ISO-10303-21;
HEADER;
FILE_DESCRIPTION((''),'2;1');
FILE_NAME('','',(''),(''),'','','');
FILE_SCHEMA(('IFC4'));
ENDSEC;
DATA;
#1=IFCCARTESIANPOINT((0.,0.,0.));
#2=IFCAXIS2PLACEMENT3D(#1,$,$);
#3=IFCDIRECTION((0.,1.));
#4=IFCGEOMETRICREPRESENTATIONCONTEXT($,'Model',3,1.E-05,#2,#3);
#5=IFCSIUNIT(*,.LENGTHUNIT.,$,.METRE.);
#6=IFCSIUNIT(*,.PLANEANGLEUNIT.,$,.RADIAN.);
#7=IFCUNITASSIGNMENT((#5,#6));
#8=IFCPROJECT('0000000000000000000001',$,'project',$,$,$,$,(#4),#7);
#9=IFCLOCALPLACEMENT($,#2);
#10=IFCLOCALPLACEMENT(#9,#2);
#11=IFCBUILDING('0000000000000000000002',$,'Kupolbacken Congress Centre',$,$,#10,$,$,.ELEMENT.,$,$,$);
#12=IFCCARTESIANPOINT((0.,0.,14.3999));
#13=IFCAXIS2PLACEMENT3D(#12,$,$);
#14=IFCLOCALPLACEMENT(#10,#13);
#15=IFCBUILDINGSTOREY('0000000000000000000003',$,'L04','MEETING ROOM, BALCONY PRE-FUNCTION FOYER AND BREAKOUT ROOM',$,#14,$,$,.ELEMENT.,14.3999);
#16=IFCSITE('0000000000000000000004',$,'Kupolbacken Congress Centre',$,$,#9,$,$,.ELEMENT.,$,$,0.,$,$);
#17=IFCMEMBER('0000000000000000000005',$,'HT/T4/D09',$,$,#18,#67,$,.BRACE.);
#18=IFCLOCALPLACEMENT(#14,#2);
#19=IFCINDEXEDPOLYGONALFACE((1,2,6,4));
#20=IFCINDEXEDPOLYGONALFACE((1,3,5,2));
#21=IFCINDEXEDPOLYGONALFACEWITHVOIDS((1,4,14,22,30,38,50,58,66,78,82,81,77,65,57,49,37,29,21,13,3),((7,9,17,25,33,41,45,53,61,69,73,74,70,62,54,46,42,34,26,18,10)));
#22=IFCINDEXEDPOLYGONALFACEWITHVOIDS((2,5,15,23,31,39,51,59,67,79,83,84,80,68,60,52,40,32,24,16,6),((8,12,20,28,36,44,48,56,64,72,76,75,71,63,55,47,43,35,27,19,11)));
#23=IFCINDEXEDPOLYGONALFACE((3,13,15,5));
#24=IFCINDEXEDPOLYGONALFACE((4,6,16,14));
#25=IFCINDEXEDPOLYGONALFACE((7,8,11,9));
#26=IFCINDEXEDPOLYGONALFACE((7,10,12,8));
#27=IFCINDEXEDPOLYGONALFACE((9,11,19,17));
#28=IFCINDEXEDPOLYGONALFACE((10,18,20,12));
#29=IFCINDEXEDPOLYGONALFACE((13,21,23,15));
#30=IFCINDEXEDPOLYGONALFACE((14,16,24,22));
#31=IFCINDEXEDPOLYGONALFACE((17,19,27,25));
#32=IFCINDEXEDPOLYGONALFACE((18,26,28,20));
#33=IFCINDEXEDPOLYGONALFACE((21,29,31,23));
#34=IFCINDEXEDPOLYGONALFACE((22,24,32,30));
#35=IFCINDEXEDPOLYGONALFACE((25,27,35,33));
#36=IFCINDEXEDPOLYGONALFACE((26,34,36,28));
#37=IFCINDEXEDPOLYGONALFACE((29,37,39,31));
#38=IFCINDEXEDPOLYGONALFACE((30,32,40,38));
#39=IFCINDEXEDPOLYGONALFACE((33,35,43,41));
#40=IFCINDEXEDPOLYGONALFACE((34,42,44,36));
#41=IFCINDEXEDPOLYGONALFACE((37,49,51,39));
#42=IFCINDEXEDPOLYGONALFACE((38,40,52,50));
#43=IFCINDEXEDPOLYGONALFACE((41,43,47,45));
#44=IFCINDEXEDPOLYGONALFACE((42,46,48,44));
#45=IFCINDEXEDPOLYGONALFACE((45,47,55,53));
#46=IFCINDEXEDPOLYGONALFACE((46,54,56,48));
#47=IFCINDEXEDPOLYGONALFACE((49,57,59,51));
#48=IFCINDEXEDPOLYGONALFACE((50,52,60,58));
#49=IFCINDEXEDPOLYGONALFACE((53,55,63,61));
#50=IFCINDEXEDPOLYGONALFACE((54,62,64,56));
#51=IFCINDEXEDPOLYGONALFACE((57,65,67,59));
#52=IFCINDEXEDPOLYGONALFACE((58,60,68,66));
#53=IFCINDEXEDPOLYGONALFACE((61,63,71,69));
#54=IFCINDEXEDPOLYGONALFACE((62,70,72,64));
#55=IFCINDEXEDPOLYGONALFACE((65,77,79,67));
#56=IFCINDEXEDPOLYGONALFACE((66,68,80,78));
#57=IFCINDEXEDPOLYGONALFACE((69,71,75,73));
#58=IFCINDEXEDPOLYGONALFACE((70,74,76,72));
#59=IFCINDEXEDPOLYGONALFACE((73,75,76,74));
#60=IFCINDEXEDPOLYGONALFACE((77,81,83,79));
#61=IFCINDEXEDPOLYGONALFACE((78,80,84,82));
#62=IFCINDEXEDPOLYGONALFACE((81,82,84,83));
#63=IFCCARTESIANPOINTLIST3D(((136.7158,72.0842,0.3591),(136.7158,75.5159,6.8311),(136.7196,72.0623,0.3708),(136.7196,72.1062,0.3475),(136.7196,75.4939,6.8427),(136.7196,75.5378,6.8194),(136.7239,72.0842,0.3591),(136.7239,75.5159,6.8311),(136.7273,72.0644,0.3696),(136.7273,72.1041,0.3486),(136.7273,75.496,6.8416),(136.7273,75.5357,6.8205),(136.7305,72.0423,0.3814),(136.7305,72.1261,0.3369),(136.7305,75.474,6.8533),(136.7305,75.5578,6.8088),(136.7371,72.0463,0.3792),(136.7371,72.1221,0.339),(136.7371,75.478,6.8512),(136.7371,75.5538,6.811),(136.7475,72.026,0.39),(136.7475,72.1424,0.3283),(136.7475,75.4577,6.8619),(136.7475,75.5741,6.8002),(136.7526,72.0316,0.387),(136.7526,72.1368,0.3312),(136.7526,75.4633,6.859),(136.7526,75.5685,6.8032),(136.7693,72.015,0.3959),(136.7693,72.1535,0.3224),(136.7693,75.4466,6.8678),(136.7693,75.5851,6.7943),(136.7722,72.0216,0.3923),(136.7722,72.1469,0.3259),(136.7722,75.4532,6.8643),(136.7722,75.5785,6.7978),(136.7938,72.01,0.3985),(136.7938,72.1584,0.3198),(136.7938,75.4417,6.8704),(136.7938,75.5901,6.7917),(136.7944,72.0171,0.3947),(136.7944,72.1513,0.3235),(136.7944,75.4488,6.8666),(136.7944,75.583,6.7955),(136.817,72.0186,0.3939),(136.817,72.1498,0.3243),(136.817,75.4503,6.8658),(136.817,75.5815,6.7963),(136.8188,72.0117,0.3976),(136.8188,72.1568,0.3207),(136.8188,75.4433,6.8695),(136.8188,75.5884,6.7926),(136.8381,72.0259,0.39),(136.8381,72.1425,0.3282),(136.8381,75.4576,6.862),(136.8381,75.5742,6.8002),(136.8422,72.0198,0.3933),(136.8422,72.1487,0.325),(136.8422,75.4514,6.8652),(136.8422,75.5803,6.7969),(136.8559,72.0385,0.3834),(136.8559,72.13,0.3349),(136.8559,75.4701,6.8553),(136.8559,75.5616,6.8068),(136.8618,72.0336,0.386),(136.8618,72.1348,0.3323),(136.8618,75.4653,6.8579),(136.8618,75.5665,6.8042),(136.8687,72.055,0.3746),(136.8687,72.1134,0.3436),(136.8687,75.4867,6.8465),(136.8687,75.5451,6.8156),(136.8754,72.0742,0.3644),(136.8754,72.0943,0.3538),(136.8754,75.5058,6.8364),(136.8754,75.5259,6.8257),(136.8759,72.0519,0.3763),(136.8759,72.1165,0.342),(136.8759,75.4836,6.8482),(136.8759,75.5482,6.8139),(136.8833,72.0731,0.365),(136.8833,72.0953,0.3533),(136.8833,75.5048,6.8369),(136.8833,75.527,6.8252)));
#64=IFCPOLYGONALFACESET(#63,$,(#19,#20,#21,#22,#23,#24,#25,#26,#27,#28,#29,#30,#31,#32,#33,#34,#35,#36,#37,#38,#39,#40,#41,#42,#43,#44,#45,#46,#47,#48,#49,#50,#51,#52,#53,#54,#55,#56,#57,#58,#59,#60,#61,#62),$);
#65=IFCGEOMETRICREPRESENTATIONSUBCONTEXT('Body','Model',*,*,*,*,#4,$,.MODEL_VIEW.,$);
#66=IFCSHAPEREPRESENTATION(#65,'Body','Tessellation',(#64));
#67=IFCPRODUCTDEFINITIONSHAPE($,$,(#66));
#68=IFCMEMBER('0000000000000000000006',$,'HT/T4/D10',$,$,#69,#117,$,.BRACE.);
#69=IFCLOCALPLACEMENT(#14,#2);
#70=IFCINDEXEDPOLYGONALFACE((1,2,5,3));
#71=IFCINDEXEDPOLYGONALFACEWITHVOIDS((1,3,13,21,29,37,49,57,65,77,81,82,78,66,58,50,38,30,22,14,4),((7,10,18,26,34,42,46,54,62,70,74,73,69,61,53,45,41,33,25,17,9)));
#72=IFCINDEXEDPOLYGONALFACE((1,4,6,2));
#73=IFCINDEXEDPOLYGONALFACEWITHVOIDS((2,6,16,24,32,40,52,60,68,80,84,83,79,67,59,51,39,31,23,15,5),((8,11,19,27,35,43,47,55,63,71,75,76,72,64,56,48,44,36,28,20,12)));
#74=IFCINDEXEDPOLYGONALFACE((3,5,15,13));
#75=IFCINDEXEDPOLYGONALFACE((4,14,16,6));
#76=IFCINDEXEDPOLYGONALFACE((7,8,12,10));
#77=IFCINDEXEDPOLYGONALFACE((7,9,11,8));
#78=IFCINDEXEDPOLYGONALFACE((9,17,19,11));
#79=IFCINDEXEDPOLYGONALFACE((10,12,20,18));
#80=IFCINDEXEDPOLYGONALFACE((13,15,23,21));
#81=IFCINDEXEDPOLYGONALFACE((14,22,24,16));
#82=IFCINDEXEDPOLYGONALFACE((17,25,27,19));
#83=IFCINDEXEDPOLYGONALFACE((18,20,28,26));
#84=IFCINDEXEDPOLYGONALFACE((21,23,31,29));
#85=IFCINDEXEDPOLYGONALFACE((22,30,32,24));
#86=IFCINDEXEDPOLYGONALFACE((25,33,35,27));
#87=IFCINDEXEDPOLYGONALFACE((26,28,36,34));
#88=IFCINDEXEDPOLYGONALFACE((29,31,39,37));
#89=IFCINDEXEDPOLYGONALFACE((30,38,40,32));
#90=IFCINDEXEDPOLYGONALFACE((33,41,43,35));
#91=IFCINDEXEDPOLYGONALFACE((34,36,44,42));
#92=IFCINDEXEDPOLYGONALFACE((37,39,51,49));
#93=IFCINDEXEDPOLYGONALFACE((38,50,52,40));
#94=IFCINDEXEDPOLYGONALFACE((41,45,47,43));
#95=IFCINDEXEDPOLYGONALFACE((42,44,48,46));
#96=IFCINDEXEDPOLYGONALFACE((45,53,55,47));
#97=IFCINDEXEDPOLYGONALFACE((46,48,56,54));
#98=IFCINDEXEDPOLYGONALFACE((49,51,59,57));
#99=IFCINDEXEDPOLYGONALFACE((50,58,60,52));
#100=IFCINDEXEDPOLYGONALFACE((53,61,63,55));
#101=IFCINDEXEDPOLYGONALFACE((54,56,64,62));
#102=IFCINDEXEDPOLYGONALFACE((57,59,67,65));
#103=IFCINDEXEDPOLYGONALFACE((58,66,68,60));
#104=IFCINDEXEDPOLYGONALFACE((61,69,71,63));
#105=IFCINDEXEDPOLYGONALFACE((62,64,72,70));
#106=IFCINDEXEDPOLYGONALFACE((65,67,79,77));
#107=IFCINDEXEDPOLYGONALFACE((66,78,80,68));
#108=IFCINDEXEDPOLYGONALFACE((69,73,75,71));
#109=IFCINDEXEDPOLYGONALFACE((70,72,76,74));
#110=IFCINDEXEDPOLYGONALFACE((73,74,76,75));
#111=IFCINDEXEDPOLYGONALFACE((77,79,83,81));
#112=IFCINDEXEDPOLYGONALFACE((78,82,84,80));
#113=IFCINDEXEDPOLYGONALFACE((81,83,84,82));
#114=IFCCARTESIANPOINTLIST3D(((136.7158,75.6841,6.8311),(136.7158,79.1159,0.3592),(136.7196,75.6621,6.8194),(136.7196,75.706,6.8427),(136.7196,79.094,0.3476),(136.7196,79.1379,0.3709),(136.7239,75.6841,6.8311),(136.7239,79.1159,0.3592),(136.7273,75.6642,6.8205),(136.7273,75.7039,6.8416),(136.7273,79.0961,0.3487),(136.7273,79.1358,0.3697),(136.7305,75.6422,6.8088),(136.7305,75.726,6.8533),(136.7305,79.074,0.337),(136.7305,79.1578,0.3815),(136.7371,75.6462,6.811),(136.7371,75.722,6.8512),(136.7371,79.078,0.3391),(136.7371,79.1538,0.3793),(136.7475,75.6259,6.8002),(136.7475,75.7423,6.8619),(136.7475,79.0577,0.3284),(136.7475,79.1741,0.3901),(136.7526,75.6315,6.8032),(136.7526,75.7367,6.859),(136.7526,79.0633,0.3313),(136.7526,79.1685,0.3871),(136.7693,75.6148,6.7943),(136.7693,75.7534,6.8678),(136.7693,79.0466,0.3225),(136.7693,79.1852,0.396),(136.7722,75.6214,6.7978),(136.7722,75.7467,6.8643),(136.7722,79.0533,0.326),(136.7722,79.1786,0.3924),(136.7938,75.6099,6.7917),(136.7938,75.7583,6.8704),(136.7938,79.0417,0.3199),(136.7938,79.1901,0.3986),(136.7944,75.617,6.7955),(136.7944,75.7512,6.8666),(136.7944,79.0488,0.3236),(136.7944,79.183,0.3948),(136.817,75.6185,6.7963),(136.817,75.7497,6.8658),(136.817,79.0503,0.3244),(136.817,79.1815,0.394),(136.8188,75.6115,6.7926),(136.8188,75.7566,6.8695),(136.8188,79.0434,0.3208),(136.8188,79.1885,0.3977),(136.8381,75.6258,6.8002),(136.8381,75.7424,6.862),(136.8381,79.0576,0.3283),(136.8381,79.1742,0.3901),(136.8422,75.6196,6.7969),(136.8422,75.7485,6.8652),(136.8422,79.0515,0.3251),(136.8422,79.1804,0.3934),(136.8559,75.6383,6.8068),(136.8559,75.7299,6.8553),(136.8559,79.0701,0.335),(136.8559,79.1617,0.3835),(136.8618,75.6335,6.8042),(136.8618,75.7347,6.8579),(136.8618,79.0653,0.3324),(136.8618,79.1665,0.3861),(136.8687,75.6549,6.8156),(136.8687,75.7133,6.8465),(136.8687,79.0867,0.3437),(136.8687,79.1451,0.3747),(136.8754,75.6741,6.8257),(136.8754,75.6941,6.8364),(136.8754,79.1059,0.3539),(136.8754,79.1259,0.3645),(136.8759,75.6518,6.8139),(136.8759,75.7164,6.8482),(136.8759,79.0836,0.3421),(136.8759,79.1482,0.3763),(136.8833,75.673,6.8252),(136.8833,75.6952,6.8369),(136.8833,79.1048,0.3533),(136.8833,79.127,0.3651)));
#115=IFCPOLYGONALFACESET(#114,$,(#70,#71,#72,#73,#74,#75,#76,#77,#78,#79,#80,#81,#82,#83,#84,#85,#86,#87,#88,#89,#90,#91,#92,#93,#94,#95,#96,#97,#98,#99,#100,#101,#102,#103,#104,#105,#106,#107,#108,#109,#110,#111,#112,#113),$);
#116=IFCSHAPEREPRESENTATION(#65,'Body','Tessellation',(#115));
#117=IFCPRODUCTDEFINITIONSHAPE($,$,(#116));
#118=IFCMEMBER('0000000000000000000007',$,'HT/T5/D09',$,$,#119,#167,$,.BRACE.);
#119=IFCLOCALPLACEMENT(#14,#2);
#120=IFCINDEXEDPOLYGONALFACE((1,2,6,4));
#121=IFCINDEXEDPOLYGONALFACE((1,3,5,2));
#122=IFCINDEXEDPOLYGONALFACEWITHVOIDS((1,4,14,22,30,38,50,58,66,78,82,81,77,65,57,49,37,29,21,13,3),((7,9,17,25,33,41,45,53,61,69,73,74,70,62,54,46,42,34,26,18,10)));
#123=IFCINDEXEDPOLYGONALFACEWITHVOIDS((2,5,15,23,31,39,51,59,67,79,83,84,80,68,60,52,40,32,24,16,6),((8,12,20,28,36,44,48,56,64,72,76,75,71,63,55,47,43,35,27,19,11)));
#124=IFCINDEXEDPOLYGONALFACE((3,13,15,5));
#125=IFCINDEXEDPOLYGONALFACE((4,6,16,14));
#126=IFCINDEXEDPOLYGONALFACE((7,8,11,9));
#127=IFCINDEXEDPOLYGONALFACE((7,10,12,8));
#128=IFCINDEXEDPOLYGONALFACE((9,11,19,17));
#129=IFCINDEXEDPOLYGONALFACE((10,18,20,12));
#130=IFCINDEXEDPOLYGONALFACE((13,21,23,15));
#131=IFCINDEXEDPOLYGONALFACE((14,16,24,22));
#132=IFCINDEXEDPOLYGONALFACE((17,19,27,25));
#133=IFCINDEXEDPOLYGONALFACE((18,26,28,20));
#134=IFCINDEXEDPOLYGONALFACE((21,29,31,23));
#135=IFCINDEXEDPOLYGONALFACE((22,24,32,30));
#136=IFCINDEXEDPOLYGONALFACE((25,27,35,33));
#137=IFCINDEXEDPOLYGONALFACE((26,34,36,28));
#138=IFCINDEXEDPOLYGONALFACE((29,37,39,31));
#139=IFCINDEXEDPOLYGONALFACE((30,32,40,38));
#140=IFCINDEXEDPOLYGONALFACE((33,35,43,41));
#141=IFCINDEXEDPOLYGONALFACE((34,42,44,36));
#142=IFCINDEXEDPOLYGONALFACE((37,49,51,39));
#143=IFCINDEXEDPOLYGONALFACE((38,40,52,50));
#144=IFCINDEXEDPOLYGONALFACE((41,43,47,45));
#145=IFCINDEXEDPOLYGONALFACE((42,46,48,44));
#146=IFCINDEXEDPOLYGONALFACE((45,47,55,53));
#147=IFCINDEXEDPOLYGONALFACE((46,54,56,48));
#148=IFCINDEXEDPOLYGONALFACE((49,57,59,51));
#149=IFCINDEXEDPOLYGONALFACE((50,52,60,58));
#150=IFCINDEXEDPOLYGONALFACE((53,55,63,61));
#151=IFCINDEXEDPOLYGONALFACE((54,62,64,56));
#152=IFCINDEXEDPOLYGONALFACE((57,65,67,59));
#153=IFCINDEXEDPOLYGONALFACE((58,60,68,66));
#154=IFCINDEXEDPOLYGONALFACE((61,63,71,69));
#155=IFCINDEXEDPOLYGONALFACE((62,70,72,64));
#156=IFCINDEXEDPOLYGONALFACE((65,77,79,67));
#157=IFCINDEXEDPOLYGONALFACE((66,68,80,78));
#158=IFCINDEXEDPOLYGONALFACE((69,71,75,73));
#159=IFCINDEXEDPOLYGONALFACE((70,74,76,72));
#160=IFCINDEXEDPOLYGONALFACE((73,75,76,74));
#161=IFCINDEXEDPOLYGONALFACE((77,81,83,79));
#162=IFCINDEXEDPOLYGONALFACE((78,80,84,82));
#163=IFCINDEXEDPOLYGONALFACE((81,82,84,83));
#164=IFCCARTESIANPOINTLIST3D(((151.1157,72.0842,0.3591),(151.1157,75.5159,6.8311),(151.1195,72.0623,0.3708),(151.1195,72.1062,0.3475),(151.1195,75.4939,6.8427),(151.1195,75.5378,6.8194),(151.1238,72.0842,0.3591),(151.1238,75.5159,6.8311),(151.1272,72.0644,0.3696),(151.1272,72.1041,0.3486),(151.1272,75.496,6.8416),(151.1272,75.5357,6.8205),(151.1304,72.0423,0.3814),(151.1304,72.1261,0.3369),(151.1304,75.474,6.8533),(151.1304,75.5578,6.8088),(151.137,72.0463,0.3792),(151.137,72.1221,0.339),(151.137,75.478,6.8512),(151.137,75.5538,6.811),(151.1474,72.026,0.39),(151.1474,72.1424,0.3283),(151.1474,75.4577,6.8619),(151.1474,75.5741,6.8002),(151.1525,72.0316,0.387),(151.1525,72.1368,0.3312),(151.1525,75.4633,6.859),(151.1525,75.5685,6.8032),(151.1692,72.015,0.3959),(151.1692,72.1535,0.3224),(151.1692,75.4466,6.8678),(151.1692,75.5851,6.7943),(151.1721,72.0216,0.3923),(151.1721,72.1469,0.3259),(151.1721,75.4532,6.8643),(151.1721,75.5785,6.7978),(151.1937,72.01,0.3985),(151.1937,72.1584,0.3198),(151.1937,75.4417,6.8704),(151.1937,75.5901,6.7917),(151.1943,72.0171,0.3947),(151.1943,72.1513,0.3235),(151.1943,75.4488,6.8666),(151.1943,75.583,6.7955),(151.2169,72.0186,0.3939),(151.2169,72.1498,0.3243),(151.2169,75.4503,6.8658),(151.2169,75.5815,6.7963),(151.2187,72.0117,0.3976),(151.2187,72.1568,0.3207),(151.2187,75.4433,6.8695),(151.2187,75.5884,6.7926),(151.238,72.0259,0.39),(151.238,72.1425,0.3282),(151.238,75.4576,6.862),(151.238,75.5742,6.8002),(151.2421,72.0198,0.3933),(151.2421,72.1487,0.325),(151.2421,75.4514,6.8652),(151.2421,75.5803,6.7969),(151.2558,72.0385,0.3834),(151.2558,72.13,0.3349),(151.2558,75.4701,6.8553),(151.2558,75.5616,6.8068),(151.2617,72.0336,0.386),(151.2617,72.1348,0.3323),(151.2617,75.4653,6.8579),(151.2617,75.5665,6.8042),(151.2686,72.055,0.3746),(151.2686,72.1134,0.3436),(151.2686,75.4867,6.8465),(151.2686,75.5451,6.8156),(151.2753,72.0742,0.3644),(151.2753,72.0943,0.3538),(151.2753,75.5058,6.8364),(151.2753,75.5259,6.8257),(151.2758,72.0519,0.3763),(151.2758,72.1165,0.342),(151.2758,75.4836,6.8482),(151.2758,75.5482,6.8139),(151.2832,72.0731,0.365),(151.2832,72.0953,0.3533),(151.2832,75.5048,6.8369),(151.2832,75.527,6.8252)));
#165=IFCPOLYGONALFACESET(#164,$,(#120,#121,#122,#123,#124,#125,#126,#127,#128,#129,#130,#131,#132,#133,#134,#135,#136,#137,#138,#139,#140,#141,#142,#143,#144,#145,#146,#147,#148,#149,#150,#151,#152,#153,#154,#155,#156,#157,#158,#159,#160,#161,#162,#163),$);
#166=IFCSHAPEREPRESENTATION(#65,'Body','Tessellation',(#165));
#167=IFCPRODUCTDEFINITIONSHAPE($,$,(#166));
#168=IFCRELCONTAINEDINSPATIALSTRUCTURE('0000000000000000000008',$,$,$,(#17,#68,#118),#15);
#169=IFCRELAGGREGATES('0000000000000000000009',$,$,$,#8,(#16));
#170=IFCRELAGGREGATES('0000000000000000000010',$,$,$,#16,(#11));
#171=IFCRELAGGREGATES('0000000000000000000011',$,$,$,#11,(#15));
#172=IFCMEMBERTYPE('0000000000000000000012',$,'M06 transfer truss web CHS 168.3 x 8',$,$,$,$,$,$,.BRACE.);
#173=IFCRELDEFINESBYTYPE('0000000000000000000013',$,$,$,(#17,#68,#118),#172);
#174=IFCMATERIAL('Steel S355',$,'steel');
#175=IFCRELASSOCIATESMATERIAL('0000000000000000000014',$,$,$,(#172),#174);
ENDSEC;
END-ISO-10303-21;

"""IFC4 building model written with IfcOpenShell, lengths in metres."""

from ifc_helpers import new_model, si_unit, direction, frame, origin, origin_2d, place, context, subcontext, project, spatial, hollow_circle, extrude, material, material_profile, profile_set, type_object, element, save


model = new_model("IFC4")

# Units and contexts
model_context = context("Model", 3, precision=1e-05, world=origin(), true_north=direction((0.0, 1.0)))
body_context = subcontext(model_context, "Body", "Model", "MODEL_VIEW")
ifc_project = project(units=[si_unit("LENGTHUNIT", "METRE"), si_unit("PLANEANGLEUNIT", "RADIAN")], contexts=[model_context])

# Site, building, storey
site_placement = place(None, origin())
site = spatial("IfcSite", under=ifc_project, at=site_placement, Name="Kupolbacken Congress Centre", CompositionType="ELEMENT", RefElevation=0.0)
building_placement = place(site_placement, origin())
building = spatial("IfcBuilding", under=site, at=building_placement, Name="Kupolbacken Congress Centre", CompositionType="ELEMENT")
storey_placement = place(building_placement, frame((0.0, 0.0, 14.3999)))
storey = spatial("IfcBuildingStorey", under=building, at=storey_placement, Name="L04", Description="MEETING ROOM, BALCONY PRE-FUNCTION FOYER AND BREAKOUT ROOM", CompositionType="ELEMENT", Elevation=14.3999)

# Members
ifc_material_1 = material(Name="Steel S355", Category="steel")
ifc_material_profile_1 = material_profile(ifc_material_1, hollow_circle(Radius=0.0842, WallThickness=0.0081, at=origin_2d()), Name="CHS 168.3 x 8")
ifc_profile_set_1 = profile_set([ifc_material_profile_1], Name="Steel S355")
member_type_1 = type_object("IfcMemberType", Name="M06 transfer truss web CHS 168.3 x 8", PredefinedType="BRACE", material=ifc_profile_set_1)
for number, where, z_axis, x_axis, name in (
    (1, (136.8, 72.0842, 0.3591), (0.0, 0.468456, 0.883487), (-1.0, 0.0, 0.0), "HT/T4/D09"),
    (2, (136.8, 75.6841, 6.8311), (0.0, 0.468482, -0.883473), (-1.0, 0.0, 0.0), "HT/T4/D10"),
    (3, (151.2, 72.0842, 0.3591), (0.0, 0.468456, 0.883487), (-1.0, 0.0, 0.0), "HT/T5/D09"),
):
    element("IfcMember", number, at=place(storey_placement, frame(where, z_axis=z_axis, x_axis=x_axis)), inside=storey, type_object=member_type_1, Name=name, PredefinedType="BRACE", context=body_context, shape_type="SweptSolid", body=[
        extrude(hollow_circle(Radius=0.0842, WallThickness=0.0081, at=origin_2d()), origin(), (0.0, 0.0, 1.0), 7.3254),
    ])

save(model, "model.ifc")
